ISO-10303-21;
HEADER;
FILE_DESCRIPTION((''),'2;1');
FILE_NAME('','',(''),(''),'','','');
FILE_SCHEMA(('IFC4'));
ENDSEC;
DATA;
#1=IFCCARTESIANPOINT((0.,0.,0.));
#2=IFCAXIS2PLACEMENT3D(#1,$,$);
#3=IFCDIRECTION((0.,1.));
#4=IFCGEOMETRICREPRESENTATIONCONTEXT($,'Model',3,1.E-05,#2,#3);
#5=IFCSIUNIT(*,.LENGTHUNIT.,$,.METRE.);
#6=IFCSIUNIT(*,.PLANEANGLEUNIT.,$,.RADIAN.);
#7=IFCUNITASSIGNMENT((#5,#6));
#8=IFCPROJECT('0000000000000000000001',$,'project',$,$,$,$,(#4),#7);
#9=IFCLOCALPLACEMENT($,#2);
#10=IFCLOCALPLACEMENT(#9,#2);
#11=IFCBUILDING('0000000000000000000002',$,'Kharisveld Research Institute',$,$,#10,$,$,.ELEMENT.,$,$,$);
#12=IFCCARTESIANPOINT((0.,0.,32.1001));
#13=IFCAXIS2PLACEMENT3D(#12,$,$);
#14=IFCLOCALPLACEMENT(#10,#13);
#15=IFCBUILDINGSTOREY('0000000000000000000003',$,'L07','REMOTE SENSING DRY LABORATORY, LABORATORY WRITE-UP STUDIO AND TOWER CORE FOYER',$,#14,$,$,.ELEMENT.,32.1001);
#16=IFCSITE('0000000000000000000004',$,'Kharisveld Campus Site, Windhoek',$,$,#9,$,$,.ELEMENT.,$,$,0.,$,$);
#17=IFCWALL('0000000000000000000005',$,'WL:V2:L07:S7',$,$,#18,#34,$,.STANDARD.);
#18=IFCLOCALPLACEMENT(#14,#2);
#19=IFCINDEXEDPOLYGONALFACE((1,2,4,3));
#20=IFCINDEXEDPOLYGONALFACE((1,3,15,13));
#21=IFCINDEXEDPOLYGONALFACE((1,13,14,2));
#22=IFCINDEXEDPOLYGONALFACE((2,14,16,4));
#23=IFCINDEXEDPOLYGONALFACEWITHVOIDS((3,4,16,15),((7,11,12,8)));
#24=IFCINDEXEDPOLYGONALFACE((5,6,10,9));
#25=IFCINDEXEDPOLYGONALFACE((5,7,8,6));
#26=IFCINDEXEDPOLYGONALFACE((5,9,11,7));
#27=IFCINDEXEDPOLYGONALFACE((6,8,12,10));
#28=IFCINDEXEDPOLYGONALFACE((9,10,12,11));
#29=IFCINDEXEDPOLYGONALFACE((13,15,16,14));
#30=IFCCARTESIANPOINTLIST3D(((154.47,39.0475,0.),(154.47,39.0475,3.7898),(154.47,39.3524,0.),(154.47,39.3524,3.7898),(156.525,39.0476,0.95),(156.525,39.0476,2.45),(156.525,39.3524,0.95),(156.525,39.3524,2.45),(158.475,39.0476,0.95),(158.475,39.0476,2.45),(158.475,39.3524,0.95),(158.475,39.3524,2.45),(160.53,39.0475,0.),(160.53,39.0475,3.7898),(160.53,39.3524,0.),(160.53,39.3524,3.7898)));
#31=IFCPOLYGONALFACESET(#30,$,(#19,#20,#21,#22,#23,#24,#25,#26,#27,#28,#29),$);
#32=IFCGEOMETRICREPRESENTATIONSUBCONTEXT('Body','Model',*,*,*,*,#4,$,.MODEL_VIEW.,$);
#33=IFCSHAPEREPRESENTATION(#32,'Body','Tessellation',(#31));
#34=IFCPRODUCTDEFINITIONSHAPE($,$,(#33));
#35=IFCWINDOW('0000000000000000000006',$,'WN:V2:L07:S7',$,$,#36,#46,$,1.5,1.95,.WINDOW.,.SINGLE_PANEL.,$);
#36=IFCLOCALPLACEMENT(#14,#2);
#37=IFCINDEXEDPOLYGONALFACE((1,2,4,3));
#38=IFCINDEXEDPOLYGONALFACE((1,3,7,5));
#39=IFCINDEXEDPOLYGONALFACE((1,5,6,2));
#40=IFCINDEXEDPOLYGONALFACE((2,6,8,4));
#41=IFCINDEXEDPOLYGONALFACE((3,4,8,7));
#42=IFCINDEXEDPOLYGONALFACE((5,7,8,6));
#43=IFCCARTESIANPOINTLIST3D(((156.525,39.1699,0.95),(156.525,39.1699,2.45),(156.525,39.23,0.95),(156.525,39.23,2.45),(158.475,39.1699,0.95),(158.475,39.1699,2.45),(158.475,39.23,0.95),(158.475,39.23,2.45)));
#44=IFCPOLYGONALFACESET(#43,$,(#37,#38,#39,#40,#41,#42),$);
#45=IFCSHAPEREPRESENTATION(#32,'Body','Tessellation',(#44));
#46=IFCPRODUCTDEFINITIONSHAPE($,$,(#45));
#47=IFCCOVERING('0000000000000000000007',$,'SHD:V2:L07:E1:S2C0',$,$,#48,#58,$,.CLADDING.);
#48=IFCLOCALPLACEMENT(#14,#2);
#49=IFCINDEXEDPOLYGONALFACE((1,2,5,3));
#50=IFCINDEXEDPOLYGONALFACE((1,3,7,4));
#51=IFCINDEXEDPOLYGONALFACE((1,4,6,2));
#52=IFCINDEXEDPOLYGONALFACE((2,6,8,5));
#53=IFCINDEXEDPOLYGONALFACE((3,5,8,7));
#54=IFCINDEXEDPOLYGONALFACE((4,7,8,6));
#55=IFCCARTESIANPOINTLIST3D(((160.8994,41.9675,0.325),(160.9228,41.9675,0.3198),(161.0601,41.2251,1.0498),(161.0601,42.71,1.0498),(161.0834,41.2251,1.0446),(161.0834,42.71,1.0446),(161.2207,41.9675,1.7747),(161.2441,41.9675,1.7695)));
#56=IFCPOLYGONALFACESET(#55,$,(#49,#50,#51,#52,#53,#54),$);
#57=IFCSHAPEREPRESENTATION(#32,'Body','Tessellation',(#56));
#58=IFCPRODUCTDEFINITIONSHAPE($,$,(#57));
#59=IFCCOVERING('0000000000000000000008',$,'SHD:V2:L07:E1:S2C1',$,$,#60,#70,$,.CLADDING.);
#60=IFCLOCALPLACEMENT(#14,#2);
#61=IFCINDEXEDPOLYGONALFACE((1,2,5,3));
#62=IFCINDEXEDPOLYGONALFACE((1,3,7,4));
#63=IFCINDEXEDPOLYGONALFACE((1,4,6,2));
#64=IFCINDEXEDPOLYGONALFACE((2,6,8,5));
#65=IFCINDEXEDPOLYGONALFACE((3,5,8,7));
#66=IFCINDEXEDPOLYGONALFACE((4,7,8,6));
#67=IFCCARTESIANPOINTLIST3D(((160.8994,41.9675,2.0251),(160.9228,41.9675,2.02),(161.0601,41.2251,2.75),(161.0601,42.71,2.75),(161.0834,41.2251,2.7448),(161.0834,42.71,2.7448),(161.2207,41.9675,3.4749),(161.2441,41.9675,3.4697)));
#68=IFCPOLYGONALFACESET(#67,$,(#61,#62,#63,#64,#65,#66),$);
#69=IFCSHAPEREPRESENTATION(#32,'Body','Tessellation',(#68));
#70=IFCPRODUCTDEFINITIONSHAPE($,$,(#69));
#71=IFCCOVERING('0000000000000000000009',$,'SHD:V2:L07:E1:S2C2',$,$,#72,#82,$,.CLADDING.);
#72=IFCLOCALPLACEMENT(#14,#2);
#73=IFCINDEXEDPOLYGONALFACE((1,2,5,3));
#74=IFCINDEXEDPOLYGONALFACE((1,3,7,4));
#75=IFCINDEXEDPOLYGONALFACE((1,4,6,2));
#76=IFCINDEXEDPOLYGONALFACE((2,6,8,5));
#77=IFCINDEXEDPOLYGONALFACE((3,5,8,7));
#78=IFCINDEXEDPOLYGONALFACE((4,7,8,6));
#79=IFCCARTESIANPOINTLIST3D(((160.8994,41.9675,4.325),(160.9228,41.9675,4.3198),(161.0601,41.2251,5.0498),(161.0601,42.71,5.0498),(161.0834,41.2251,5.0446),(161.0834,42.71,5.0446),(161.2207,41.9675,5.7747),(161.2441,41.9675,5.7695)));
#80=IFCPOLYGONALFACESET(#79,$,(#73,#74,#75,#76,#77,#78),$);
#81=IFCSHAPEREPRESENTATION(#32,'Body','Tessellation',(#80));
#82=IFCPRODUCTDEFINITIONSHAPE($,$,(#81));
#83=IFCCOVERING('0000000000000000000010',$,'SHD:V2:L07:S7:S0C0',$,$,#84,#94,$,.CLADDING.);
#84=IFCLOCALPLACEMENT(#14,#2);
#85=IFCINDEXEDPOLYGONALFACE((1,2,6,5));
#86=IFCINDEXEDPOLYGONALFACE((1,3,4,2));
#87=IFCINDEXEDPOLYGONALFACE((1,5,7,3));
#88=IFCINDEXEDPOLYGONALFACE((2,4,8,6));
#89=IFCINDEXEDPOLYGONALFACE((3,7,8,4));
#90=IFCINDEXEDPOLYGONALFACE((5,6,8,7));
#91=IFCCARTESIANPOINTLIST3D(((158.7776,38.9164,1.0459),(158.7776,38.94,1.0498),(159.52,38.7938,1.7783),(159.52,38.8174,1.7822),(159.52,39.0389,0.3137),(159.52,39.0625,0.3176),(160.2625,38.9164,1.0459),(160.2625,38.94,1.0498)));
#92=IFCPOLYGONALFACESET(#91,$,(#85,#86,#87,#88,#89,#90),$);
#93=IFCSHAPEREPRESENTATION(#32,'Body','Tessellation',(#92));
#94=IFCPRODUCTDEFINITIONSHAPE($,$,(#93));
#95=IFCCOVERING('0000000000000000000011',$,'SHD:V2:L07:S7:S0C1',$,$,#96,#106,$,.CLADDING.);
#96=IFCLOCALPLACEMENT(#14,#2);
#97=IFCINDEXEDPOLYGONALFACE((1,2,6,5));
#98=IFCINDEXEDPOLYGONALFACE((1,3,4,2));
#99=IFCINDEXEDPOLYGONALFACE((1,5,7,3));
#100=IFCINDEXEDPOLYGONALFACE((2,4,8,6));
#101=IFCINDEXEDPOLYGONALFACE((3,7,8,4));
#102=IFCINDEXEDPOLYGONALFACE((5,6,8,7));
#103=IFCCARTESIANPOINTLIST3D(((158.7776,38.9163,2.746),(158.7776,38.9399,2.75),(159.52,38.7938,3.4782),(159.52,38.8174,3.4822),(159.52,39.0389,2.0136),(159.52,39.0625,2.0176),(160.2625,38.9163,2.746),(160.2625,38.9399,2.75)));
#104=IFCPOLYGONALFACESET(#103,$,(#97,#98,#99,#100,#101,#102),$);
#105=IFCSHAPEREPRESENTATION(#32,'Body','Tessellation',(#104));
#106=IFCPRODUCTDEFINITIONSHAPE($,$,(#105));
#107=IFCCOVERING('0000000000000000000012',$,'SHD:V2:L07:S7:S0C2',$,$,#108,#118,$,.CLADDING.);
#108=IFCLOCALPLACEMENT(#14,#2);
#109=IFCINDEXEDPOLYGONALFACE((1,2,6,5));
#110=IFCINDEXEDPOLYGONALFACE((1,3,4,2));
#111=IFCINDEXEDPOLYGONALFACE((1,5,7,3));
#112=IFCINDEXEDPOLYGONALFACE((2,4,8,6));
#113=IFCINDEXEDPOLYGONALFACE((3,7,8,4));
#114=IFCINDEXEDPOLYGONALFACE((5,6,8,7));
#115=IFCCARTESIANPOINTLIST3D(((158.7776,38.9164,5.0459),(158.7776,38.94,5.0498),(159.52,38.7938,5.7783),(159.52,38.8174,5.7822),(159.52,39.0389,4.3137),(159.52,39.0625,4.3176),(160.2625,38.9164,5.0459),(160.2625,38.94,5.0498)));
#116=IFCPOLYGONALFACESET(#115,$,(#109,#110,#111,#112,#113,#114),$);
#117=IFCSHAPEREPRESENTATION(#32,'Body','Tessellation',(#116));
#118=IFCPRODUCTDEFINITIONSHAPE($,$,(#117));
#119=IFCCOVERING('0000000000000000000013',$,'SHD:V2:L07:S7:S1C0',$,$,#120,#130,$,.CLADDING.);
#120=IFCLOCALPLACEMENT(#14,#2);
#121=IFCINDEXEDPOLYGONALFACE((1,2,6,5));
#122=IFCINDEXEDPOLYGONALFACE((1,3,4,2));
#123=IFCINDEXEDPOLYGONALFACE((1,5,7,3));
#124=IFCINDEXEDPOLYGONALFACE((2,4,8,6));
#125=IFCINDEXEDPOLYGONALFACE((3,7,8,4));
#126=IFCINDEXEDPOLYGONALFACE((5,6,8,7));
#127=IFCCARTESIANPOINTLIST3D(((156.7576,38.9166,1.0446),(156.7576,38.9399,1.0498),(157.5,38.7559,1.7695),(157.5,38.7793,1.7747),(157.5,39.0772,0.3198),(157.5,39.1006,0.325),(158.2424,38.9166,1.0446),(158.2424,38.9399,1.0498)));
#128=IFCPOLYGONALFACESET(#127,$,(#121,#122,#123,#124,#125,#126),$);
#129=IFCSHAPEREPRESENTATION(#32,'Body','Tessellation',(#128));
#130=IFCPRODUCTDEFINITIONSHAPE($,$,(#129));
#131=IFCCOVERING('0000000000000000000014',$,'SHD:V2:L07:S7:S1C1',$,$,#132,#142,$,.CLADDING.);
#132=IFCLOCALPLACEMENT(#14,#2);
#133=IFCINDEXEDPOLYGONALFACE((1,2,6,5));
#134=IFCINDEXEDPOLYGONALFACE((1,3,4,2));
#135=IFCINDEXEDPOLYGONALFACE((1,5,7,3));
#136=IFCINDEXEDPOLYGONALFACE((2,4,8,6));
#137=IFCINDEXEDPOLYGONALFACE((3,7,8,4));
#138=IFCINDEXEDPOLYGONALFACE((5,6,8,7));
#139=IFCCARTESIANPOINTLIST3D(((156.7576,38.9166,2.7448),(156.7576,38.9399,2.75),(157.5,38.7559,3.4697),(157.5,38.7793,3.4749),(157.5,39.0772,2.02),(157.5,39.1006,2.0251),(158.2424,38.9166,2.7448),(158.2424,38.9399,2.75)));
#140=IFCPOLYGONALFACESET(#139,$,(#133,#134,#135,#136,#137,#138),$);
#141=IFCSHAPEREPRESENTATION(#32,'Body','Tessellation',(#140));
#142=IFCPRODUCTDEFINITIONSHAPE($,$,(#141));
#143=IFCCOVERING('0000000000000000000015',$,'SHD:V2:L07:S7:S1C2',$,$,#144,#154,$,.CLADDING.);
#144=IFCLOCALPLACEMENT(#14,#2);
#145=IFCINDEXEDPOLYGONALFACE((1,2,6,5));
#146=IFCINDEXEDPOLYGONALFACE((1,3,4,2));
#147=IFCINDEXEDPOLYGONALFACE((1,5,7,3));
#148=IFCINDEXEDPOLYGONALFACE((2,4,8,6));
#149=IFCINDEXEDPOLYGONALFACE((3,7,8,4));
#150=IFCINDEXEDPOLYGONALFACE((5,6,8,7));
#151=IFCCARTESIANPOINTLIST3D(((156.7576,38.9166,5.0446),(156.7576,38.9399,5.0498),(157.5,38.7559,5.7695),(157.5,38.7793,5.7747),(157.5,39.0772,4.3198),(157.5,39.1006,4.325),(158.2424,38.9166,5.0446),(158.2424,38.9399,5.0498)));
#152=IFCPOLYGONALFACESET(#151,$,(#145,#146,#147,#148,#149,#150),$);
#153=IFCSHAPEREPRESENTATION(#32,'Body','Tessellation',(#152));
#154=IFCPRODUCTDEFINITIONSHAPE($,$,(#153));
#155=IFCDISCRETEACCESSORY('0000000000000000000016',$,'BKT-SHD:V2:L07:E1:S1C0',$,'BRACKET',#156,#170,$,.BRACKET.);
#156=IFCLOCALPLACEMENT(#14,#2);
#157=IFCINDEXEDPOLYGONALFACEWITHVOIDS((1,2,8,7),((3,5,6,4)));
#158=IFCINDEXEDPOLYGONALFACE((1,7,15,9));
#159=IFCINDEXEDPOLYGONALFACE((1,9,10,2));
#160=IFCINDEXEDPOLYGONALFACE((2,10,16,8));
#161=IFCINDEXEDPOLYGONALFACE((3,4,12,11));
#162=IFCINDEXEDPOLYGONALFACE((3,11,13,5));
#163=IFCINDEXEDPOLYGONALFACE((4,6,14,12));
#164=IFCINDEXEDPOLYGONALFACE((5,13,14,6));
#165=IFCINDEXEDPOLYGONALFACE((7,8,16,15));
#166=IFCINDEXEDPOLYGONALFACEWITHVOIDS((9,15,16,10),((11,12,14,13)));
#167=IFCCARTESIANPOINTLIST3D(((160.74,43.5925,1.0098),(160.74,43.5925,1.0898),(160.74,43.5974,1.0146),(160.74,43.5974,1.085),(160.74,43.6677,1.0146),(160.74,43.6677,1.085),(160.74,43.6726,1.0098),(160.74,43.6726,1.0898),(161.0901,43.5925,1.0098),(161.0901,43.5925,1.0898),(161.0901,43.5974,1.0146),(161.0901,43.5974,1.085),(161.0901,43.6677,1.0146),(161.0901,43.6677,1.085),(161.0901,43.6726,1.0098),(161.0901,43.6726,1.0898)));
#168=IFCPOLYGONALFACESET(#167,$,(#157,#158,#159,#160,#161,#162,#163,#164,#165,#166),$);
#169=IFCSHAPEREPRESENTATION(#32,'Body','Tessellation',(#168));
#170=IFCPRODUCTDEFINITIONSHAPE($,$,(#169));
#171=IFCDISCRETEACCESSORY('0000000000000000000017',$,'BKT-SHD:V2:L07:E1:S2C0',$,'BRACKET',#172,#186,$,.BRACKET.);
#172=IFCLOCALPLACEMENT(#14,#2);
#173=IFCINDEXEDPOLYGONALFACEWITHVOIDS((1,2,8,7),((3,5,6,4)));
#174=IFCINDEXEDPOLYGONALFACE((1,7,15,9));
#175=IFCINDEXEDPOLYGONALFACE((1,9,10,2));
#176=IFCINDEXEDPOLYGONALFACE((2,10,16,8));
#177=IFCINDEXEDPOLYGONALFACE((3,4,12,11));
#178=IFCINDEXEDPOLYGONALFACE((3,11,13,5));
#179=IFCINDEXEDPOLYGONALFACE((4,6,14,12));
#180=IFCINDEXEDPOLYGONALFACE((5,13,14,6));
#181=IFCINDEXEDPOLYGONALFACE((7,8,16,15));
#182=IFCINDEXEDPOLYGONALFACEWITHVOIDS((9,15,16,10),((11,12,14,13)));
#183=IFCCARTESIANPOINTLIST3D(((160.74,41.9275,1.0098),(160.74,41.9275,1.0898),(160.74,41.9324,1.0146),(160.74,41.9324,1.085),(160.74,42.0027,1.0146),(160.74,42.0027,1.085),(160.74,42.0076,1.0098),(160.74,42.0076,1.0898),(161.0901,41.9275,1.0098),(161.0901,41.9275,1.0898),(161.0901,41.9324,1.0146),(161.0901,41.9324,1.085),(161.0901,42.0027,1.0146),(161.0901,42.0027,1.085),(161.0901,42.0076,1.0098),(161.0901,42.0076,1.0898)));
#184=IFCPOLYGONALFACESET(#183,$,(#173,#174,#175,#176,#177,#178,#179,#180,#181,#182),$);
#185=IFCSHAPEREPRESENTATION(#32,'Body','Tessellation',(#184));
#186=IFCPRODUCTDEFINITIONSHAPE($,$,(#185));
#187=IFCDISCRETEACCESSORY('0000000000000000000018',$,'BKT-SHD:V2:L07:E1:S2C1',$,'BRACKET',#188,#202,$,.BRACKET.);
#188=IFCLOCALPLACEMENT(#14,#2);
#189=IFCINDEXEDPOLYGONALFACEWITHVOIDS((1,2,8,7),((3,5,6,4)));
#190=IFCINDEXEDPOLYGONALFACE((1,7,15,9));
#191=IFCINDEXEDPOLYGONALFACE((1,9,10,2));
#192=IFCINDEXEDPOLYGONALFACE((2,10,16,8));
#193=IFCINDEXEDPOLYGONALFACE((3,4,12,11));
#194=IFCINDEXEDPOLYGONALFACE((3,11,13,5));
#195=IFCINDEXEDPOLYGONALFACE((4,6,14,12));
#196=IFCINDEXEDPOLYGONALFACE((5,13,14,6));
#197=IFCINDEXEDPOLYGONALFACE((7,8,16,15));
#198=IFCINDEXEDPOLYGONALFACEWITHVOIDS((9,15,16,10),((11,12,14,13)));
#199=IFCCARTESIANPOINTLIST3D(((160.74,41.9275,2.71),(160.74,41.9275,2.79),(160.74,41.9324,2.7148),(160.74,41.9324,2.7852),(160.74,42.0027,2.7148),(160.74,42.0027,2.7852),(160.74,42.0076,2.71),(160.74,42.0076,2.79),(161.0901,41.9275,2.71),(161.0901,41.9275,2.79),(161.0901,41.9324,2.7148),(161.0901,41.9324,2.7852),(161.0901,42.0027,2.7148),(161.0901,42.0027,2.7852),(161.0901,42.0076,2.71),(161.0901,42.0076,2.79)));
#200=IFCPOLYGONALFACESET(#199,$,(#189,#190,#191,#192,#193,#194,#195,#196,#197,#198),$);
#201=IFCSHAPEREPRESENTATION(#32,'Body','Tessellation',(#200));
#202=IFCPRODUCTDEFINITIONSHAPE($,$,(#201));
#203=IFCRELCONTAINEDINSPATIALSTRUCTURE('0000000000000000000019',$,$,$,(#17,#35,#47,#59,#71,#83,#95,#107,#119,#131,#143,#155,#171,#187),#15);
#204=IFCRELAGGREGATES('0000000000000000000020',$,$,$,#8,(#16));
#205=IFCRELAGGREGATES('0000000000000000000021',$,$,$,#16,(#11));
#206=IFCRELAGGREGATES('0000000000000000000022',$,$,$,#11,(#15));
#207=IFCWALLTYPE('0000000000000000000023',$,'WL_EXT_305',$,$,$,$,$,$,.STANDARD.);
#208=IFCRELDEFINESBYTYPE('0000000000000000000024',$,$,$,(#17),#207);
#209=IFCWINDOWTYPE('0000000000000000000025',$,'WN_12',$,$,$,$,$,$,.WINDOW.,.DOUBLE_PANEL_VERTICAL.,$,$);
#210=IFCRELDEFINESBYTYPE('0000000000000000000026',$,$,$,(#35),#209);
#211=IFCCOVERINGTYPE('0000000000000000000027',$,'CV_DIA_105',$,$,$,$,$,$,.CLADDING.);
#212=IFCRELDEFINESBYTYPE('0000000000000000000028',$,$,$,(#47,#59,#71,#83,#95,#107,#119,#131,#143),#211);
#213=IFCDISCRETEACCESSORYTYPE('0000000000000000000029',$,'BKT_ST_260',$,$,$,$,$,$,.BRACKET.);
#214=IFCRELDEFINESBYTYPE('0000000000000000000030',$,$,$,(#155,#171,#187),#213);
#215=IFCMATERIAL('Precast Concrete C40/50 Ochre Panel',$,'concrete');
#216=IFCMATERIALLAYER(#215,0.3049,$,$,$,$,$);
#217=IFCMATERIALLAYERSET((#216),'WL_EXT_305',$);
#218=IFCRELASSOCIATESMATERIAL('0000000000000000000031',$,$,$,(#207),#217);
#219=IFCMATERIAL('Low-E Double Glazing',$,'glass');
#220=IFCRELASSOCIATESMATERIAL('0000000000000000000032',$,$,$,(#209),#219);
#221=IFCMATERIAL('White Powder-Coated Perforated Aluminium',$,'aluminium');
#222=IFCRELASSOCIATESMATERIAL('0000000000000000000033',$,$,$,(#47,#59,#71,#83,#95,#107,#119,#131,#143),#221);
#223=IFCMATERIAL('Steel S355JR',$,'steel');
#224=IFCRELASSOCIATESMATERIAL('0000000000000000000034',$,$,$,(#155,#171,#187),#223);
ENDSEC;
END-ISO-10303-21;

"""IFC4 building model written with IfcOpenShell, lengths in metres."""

from ifc_helpers import new_model, si_unit, direction, frame, frame_2d, origin, origin_2d, place, context, subcontext, project, spatial, polyline, rectangle, hollow_rectangle, outline, extrude, material, layer, layer_set, type_object, element, fill, save


model = new_model("IFC4")

# Units and contexts
model_context = context("Model", 3, precision=1e-05, world=origin(), true_north=direction((0.0, 1.0)))
body_context = subcontext(model_context, "Body", "Model", "MODEL_VIEW")
ifc_project = project(units=[si_unit("LENGTHUNIT", "METRE"), si_unit("PLANEANGLEUNIT", "RADIAN")], contexts=[model_context])

# Site, building, storey
site_placement = place(None, origin())
site = spatial("IfcSite", under=ifc_project, at=site_placement, Name="Kharisveld Campus Site, Windhoek", CompositionType="ELEMENT", RefElevation=0.0)
building_placement = place(site_placement, origin())
building = spatial("IfcBuilding", under=site, at=building_placement, Name="Kharisveld Research Institute", CompositionType="ELEMENT")
storey_placement = place(building_placement, frame((0.0, 0.0, 32.1001)))
storey = spatial("IfcBuildingStorey", under=building, at=storey_placement, Name="L07", Description="REMOTE SENSING DRY LABORATORY, LABORATORY WRITE-UP STUDIO AND TOWER CORE FOYER", CompositionType="ELEMENT", Elevation=32.1001)

# Wall, opening, window
ifc_material_1 = material(Name="Precast Concrete C40/50 Ochre Panel", Category="concrete")
ifc_layer_1 = layer(ifc_material_1, 0.3049)
ifc_layer_set_1 = layer_set([ifc_layer_1], Name="WL_EXT_305")
wall_type_1 = type_object("IfcWallType", Name="WL_EXT_305", PredefinedType="STANDARD", material=ifc_layer_set_1)
wall_1_placement = place(storey_placement, frame((160.53, 39.2, 0.0), z_axis=(0.0, 0.0, 1.0), x_axis=(-1.0, 0.0, 0.0)))
wall_1 = element("IfcWall", 1, at=wall_1_placement, inside=storey, type_object=wall_type_1, Name="WL:V2:L07:S7", PredefinedType="STANDARD", context=body_context, shape_type="SweptSolid", body=[
    extrude(rectangle(XDim=6.0601, YDim=0.3049, at=frame_2d((3.03, 0.0))), origin(), (0.0, 0.0, 1.0), 3.7898),
])
opening_placement = place(wall_1_placement, frame((2.0549, 0.0, 0.95)))
opening = element("IfcOpeningElement", 2, at=opening_placement, cuts=wall_1, PredefinedType="OPENING", context=body_context, shape_type="SweptSolid", body=[
    extrude(rectangle(XDim=1.95, YDim=1.5, at=frame_2d((0.9751, 0.75))), frame((0.0, 0.1523, 0.0), z_axis=(0.0, -1.0, 0.0), x_axis=(1.0, 0.0, 0.0)), (0.0, 0.0, 1.0), 0.3049),
])
ifc_material_2 = material(Name="Low-E Double Glazing", Category="glass")
window_type = type_object("IfcWindowType", Name="WN_12", PartitioningType="DOUBLE_PANEL_VERTICAL", PredefinedType="WINDOW", material=ifc_material_2)
window_placement = place(opening_placement, origin())
window = element("IfcWindow", 3, at=window_placement, inside=storey, type_object=window_type, Name="WN:V2:L07:S7", OverallHeight=1.5, OverallWidth=1.95, PartitioningType="SINGLE_PANEL", PredefinedType="WINDOW", context=body_context, shape_type="SweptSolid", body=[
    extrude(rectangle(XDim=1.95, YDim=1.5, at=frame_2d((0.9751, 0.75))), frame((0.0, 0.03, 0.0), z_axis=(0.0, -1.0, 0.0), x_axis=(1.0, 0.0, 0.0)), (0.0, 0.0, 1.0), 0.0601),
])
fill(opening, window)

# Coverings
ifc_material_3 = material(Name="White Powder-Coated Perforated Aluminium", Category="aluminium")
covering_type = type_object("IfcCoveringType", Name="CV_DIA_105", PredefinedType="CLADDING")
for number, where, z_axis, x_axis, name in (
    (4, (160.8994, 41.9675, 0.325), (-0.976311, 0.0, 0.216373), (0.153, -0.707102, 0.69036), "SHD:V2:L07:E1:S2C0"),
    (5, (160.8994, 41.9675, 2.0251), (-0.976311, 0.0, 0.216373), (0.153, -0.707102, 0.69036), "SHD:V2:L07:E1:S2C1"),
    (6, (160.8994, 41.9675, 4.325), (-0.976311, 0.0, 0.216373), (0.153, -0.707102, 0.69036), "SHD:V2:L07:E1:S2C2"),
):
    element("IfcCovering", number, at=place(storey_placement, frame(where, z_axis=z_axis, x_axis=x_axis)), inside=storey, type_object=covering_type, material=ifc_material_3, Name=name, PredefinedType="CLADDING", context=body_context, shape_type="SweptSolid", body=[
        extrude(outline(polyline([(0.0, 0.0), (1.05, 0.0), (1.05, 1.05), (0.0, 1.05), (0.0, 0.0)])), origin(), (0.0, 0.0, -1.0), 0.0239),
    ])
covering_1_placement = place(storey_placement, frame((159.52, 39.0625, 0.3176), z_axis=(0.0, 0.986283, 0.165065), x_axis=(-0.707139, -0.116714, 0.697376)))
element("IfcCovering", 7, at=covering_1_placement, inside=storey, type_object=covering_type, material=ifc_material_3, Name="SHD:V2:L07:S7:S0C0", PredefinedType="CLADDING", context=body_context, shape_type="SweptSolid", body=[
    extrude(outline(polyline([(0.0, 0.0), (1.0499, 0.0), (1.05, 1.0501), (-0.0001, 1.0499), (0.0, 0.0)])), origin(), (0.0, 0.0, -1.0), 0.0239),
])
covering_2_placement = place(storey_placement, frame((159.52, 39.0625, 2.0176), z_axis=(0.0, 0.986283, 0.165065), x_axis=(-0.707024, -0.116733, 0.697489)))
element("IfcCovering", 8, at=covering_2_placement, inside=storey, type_object=covering_type, material=ifc_material_3, Name="SHD:V2:L07:S7:S0C1", PredefinedType="CLADDING", context=body_context, shape_type="SweptSolid", body=[
    extrude(outline(polyline([(0.0, 0.0), (1.0501, 0.0), (1.0502, 1.0499), (0.0002, 1.0501), (0.0, 0.0)])), origin(), (0.0, 0.0, -1.0), 0.0239),
])
covering_3_placement = place(storey_placement, frame((159.52, 39.0625, 4.3176), z_axis=(0.0, 0.986283, 0.165065), x_axis=(-0.707139, -0.116714, 0.697376)))
element("IfcCovering", 9, at=covering_3_placement, inside=storey, type_object=covering_type, material=ifc_material_3, Name="SHD:V2:L07:S7:S0C2", PredefinedType="CLADDING", context=body_context, shape_type="SweptSolid", body=[
    extrude(outline(polyline([(0.0, 0.0), (1.0499, 0.0), (1.05, 1.0501), (-0.0001, 1.0499), (0.0, 0.0)])), origin(), (0.0, 0.0, -1.0), 0.0239),
])
for number, where, z_axis, x_axis, name in (
    (10, (157.5, 39.1006, 0.325), (0.0, 0.976311, 0.216373), (-0.707102, -0.153, 0.69036), "SHD:V2:L07:S7:S1C0"),
    (11, (157.5, 39.1006, 2.0251), (0.0, 0.976311, 0.216373), (-0.707102, -0.153, 0.69036), "SHD:V2:L07:S7:S1C1"),
    (12, (157.5, 39.1006, 4.325), (0.0, 0.976311, 0.216373), (-0.707102, -0.153, 0.69036), "SHD:V2:L07:S7:S1C2"),
):
    element("IfcCovering", number, at=place(storey_placement, frame(where, z_axis=z_axis, x_axis=x_axis)), inside=storey, type_object=covering_type, material=ifc_material_3, Name=name, PredefinedType="CLADDING", context=body_context, shape_type="SweptSolid", body=[
        extrude(outline(polyline([(0.0, 0.0), (1.05, 0.0), (1.05, 1.05), (0.0, 1.05), (0.0, 0.0)])), origin(), (0.0, 0.0, -1.0), 0.0239),
    ])

# Discrete accessories
ifc_material_4 = material(Name="Steel S355JR", Category="steel")
discrete_accessory_type = type_object("IfcDiscreteAccessoryType", Name="BKT_ST_260", PredefinedType="BRACKET")
for number, where, z_axis, x_axis, name in (
    (13, (160.74, 43.6326, 1.0498), (1.0, 0.0, 0.0), (0.0, 1.0, 0.0), "BKT-SHD:V2:L07:E1:S1C0"),
    (14, (160.74, 41.9675, 1.0498), (1.0, 0.0, 0.0), (0.0, 1.0, 0.0), "BKT-SHD:V2:L07:E1:S2C0"),
    (15, (160.74, 41.9675, 2.75), (1.0, 0.0, 0.0), (0.0, 1.0, 0.0), "BKT-SHD:V2:L07:E1:S2C1"),
):
    element("IfcDiscreteAccessory", number, at=place(storey_placement, frame(where, z_axis=z_axis, x_axis=x_axis)), inside=storey, type_object=discrete_accessory_type, material=ifc_material_4, Name=name, ObjectType="BRACKET", PredefinedType="BRACKET", context=body_context, shape_type="SweptSolid", body=[
        extrude(hollow_rectangle(XDim=0.0801, YDim=0.0801, WallThickness=0.0049, at=origin_2d()), origin(), (0.0, 0.0, 1.0), 0.3501),
    ])

save(model, "model.ifc")
